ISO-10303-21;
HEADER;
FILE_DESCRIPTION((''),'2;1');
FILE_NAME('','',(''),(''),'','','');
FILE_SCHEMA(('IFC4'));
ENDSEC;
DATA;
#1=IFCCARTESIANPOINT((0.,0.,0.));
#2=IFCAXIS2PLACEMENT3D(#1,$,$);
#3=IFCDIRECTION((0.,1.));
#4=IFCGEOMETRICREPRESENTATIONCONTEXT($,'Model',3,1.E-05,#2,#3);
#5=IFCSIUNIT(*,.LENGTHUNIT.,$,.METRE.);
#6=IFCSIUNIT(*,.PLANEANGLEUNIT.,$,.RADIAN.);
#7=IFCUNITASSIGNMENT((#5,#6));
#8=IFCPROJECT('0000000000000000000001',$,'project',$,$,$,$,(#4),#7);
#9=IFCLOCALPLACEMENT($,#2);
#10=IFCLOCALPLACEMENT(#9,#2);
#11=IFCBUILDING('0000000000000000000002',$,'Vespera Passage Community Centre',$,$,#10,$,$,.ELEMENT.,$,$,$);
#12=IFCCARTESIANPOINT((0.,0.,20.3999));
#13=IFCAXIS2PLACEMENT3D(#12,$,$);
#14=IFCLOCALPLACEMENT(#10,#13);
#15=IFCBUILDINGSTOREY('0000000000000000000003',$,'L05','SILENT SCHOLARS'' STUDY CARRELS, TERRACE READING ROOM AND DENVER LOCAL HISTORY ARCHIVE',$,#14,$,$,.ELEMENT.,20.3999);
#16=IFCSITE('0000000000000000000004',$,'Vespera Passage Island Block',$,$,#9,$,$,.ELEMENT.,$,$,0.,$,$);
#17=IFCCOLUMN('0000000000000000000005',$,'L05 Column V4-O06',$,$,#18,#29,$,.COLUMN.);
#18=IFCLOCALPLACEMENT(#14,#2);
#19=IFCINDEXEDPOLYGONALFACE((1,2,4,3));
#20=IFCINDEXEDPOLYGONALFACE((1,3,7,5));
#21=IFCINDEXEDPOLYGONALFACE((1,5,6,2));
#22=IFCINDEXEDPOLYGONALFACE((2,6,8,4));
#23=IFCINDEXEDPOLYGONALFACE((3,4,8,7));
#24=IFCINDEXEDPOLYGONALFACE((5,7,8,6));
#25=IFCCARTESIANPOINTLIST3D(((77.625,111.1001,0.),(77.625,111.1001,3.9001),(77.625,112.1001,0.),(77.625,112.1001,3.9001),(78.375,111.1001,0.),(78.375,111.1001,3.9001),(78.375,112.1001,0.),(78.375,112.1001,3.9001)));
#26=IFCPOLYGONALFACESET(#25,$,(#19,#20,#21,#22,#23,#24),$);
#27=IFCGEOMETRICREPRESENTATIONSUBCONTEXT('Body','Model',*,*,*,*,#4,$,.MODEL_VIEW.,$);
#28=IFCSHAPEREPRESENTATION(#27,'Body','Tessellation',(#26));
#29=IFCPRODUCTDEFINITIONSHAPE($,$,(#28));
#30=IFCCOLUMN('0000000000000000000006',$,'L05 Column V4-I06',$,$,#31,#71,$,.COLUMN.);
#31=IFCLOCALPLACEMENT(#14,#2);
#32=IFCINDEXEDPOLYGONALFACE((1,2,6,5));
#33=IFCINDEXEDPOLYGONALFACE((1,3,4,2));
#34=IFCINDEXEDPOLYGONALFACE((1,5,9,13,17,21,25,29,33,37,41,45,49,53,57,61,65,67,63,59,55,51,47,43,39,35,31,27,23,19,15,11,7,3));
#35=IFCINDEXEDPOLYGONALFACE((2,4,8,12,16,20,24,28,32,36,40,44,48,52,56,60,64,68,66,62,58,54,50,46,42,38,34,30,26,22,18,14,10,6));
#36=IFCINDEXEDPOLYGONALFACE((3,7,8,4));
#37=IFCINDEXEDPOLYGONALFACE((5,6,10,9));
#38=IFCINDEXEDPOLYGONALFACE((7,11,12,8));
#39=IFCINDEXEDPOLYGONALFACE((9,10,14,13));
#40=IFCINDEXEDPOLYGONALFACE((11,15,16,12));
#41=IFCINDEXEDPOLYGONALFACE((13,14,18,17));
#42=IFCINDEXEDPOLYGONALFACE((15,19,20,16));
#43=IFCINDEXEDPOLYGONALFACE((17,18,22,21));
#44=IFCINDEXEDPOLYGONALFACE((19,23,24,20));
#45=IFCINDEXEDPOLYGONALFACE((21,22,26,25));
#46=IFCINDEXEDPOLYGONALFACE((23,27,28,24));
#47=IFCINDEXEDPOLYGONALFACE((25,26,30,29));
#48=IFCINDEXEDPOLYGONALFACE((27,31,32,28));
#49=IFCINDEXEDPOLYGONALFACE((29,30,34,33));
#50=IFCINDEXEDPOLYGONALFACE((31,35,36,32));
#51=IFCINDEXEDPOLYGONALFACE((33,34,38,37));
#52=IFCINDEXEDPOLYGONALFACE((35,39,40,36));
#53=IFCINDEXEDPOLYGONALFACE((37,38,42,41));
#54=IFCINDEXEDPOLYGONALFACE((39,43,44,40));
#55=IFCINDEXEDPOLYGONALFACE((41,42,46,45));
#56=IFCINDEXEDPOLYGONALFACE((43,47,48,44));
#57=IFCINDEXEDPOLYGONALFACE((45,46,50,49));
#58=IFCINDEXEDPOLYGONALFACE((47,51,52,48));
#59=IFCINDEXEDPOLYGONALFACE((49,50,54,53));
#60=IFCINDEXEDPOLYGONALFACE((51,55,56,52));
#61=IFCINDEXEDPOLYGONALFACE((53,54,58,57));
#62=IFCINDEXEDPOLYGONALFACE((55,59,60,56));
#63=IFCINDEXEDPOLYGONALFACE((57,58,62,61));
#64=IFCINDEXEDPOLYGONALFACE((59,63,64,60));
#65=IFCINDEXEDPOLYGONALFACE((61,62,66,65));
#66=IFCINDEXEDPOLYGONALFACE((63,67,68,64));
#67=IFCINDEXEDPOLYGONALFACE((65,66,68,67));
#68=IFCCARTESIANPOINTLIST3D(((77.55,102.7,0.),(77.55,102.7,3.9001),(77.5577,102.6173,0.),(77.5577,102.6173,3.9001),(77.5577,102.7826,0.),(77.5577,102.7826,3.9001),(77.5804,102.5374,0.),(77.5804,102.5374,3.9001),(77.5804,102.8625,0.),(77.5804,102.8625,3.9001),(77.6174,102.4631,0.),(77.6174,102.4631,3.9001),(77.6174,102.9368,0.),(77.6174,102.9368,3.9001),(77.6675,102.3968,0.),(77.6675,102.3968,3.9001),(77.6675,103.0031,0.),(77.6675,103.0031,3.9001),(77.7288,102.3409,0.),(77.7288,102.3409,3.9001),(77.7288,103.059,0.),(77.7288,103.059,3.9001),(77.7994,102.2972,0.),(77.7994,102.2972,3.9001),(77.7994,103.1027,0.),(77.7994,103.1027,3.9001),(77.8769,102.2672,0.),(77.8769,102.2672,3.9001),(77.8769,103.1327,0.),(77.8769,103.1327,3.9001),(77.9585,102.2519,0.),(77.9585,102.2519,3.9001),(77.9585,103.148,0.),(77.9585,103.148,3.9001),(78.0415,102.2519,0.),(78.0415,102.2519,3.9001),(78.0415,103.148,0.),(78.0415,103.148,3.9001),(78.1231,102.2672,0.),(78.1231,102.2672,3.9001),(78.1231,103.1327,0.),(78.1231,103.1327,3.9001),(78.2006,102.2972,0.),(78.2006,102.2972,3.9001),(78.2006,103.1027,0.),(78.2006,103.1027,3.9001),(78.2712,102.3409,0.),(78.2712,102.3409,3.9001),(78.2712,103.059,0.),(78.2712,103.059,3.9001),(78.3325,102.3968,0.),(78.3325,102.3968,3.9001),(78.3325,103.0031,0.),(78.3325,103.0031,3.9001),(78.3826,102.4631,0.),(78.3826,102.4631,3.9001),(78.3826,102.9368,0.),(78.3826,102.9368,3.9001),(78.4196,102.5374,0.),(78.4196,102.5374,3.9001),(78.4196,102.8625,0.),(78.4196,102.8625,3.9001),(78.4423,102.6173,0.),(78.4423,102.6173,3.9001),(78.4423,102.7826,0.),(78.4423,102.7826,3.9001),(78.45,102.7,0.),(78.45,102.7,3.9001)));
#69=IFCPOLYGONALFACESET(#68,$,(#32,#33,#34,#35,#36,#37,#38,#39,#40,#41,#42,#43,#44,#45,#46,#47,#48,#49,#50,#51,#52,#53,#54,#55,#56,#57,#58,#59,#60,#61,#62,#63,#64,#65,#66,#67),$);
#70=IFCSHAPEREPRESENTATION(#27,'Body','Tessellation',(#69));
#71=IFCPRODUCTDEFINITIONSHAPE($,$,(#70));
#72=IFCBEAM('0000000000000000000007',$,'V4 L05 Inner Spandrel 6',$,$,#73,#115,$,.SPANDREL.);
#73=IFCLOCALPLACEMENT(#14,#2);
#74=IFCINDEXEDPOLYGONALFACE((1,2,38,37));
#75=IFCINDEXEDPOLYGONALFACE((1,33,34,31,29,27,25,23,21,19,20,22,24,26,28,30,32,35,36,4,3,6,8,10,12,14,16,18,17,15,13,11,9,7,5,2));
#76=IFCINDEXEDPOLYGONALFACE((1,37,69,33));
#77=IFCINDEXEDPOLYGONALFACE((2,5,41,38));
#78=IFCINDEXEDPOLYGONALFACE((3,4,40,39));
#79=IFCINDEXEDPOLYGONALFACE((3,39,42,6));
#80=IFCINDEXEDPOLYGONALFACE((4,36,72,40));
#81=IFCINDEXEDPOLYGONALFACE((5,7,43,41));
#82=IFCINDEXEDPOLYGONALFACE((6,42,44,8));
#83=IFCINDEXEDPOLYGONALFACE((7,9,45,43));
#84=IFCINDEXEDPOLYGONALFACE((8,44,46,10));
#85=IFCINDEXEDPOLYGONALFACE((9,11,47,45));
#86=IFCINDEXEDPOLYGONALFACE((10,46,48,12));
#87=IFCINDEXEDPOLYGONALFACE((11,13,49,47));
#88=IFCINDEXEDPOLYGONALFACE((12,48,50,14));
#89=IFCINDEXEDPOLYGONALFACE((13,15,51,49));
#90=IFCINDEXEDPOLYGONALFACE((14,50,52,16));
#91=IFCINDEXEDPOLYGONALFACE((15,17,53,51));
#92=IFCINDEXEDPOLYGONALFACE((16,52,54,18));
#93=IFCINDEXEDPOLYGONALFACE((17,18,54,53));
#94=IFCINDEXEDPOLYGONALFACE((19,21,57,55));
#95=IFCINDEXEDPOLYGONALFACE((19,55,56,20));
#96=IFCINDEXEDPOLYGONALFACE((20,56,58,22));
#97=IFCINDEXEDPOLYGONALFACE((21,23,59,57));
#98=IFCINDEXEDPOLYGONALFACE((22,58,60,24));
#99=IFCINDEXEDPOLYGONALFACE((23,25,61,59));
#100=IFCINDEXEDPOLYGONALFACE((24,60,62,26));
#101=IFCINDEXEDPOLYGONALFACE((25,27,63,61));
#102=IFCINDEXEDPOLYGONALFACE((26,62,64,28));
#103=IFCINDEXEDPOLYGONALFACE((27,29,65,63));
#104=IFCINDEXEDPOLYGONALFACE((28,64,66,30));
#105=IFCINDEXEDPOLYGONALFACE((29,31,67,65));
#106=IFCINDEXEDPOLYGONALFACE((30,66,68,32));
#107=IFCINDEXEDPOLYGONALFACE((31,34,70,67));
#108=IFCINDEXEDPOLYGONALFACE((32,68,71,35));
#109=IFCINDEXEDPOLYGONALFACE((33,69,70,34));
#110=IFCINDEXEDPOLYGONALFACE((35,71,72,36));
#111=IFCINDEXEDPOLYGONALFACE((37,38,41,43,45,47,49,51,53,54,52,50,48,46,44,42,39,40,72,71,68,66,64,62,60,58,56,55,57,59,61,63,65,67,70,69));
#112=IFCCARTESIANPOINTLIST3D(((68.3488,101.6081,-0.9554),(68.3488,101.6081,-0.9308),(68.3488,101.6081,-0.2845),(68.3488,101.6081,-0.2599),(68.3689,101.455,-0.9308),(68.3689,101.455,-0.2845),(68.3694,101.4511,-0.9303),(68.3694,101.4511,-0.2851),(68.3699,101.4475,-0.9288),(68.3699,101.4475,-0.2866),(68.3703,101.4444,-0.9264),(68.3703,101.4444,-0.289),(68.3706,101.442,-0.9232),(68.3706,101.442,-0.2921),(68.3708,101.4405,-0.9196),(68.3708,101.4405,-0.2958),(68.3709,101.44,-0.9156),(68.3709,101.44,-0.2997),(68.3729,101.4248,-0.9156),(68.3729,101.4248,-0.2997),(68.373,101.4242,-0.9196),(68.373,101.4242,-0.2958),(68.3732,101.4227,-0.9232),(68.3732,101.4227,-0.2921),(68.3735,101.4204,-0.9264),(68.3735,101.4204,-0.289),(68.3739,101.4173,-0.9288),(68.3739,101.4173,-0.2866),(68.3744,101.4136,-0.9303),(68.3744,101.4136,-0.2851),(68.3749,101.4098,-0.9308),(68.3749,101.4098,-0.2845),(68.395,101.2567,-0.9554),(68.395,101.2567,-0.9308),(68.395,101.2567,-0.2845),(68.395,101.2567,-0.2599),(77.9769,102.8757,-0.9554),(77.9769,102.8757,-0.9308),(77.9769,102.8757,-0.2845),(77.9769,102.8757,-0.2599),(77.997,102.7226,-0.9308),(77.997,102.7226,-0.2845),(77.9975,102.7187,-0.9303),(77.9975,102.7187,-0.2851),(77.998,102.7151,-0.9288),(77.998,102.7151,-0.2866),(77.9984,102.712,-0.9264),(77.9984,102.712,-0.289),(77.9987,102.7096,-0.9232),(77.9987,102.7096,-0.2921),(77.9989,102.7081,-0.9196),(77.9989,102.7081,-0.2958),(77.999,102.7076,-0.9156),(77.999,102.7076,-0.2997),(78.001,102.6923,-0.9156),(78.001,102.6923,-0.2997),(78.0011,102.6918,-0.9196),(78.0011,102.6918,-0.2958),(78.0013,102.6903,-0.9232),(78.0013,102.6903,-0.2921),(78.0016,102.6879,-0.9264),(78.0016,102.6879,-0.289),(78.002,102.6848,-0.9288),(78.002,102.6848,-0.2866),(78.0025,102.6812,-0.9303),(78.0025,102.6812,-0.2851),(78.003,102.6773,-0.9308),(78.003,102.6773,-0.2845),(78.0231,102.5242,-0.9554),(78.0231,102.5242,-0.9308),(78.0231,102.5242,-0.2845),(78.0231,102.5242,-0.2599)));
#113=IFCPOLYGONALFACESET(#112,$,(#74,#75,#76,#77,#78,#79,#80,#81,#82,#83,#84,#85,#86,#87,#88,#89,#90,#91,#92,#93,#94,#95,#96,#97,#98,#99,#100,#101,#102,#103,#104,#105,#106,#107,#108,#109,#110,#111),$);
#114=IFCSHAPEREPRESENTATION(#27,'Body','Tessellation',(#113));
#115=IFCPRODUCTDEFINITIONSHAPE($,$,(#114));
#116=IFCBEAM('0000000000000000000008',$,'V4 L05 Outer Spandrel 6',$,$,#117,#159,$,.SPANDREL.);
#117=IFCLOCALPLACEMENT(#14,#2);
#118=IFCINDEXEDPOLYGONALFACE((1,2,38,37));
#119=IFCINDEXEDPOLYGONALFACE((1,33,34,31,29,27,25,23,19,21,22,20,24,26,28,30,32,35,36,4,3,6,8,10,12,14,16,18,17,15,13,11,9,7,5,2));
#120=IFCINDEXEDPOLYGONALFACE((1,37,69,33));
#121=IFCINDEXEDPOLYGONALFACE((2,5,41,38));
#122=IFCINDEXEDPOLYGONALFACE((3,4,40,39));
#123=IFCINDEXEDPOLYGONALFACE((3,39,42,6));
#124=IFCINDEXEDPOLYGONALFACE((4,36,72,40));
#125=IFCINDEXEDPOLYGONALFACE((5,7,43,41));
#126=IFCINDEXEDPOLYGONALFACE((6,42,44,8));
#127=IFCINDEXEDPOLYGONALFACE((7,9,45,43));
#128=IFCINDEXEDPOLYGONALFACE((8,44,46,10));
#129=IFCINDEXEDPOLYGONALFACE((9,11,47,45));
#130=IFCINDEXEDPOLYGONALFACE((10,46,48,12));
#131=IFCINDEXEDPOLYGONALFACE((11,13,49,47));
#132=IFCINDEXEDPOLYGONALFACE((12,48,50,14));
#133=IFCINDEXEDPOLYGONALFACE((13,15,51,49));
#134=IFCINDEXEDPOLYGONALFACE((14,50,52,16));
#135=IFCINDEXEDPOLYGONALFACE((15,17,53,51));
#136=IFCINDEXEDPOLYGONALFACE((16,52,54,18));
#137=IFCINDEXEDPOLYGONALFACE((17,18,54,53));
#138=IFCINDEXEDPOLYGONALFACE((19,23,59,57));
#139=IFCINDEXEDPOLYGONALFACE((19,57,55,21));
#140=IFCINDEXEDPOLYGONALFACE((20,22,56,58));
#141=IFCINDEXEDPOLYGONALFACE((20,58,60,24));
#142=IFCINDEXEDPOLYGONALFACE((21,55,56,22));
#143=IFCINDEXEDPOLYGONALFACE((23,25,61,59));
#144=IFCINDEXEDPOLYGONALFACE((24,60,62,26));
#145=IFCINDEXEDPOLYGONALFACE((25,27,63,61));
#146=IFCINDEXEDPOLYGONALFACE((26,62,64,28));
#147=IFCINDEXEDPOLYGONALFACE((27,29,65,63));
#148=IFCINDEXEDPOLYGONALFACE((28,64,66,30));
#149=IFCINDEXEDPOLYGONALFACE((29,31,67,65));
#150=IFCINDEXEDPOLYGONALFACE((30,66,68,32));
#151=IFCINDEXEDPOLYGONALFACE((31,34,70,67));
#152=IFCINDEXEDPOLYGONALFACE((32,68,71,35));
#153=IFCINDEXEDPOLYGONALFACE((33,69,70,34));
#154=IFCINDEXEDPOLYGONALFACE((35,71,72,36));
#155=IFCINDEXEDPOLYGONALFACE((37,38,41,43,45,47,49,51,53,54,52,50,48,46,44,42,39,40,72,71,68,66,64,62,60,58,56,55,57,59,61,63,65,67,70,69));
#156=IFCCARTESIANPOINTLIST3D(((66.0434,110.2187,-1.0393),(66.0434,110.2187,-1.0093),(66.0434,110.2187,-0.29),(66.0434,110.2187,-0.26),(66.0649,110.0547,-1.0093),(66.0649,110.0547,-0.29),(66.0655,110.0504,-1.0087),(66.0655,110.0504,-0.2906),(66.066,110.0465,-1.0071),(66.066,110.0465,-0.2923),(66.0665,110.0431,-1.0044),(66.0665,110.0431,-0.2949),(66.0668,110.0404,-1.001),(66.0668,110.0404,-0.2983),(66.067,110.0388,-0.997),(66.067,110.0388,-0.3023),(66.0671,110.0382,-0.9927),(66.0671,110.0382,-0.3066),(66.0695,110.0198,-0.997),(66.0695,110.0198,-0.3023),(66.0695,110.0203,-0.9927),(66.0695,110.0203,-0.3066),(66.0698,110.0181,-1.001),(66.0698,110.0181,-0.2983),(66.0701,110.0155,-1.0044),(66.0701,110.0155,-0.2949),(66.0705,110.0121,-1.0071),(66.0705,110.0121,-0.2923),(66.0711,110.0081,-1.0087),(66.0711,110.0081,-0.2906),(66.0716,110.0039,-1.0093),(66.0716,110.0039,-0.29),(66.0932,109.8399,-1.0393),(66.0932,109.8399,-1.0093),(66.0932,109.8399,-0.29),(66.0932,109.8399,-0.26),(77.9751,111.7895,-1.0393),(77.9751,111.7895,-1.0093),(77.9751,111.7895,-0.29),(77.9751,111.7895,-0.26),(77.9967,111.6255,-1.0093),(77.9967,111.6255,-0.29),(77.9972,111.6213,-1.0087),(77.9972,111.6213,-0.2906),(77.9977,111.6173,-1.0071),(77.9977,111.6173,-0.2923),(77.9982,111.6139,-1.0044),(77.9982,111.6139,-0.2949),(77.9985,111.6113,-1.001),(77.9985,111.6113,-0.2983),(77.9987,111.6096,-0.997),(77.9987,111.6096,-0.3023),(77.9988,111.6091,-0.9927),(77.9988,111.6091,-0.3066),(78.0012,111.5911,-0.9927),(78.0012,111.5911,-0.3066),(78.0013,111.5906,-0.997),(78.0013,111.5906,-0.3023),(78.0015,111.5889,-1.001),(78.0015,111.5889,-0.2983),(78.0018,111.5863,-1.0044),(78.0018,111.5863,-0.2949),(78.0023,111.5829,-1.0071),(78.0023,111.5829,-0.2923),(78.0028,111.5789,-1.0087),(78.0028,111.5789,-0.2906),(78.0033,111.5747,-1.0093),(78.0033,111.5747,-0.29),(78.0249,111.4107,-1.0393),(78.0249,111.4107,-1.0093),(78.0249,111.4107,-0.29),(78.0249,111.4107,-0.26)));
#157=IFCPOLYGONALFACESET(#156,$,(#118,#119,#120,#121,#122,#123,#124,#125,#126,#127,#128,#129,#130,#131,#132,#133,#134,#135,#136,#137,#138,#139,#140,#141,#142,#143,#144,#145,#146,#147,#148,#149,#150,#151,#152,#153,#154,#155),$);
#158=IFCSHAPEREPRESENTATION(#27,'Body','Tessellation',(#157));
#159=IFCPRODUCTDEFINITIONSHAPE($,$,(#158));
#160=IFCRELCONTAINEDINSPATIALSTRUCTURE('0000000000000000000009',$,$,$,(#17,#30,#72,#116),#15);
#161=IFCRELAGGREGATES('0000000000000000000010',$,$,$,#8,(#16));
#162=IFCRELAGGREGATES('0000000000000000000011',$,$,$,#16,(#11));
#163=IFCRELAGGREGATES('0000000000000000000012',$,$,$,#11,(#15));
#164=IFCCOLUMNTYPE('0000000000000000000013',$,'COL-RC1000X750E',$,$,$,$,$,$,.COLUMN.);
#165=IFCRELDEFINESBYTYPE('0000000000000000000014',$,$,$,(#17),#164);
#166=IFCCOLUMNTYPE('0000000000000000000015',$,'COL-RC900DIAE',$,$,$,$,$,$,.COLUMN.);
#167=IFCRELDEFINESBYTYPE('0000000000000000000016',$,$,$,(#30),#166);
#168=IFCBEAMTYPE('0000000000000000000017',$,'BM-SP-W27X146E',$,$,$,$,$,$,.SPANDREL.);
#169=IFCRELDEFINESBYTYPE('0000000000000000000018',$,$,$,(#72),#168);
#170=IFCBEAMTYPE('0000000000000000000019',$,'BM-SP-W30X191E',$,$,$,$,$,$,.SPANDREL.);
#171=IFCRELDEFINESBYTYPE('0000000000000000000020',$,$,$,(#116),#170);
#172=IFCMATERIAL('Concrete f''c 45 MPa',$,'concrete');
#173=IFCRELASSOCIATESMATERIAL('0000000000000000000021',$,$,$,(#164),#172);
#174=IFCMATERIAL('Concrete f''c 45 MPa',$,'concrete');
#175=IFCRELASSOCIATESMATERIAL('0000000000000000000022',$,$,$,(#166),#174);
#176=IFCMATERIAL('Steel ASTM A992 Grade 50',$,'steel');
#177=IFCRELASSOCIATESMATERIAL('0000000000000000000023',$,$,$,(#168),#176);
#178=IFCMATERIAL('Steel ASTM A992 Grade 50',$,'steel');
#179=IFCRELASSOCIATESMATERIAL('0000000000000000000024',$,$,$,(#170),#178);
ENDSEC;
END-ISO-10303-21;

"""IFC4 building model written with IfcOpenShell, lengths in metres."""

from ifc_helpers import new_model, si_unit, direction, frame, origin, origin_2d, place, context, subcontext, project, spatial, rectangle, circle, i_section, extrude, material, material_profile, profile_set, type_object, element, save


model = new_model("IFC4")

# Units and contexts
model_context = context("Model", 3, precision=1e-05, world=origin(), true_north=direction((0.0, 1.0)))
body_context = subcontext(model_context, "Body", "Model", "MODEL_VIEW")
ifc_project = project(units=[si_unit("LENGTHUNIT", "METRE"), si_unit("PLANEANGLEUNIT", "RADIAN")], contexts=[model_context])

# Site, building, storey
site_placement = place(None, origin())
site = spatial("IfcSite", under=ifc_project, at=site_placement, Name="Vespera Passage Island Block", CompositionType="ELEMENT", RefElevation=0.0)
building_placement = place(site_placement, origin())
building = spatial("IfcBuilding", under=site, at=building_placement, Name="Vespera Passage Community Centre", CompositionType="ELEMENT")
storey_placement = place(building_placement, frame((0.0, 0.0, 20.3999)))
storey = spatial("IfcBuildingStorey", under=building, at=storey_placement, Name="L05", Description="SILENT SCHOLARS' STUDY CARRELS, TERRACE READING ROOM AND DENVER LOCAL HISTORY ARCHIVE", CompositionType="ELEMENT", Elevation=20.3999)

# Columns
ifc_material_1 = material(Name="Concrete f'c 45 MPa", Category="concrete")
ifc_material_profile_1 = material_profile(ifc_material_1, rectangle(XDim=0.75, YDim=1.0, at=origin_2d()), Name="RC1000X750")
ifc_profile_set_1 = profile_set([ifc_material_profile_1], Name="Concrete f'c 45 MPa")
column_type_1 = type_object("IfcColumnType", Name="COL-RC1000X750E", PredefinedType="COLUMN", material=ifc_profile_set_1)
column_1_placement = place(storey_placement, frame((78.0, 111.6001, 0.0), z_axis=(0.0, 0.0, 1.0), x_axis=(1.0, 0.0, 0.0)))
element("IfcColumn", 1, at=column_1_placement, inside=storey, type_object=column_type_1, Name="L05 Column V4-O06", PredefinedType="COLUMN", context=body_context, shape_type="SweptSolid", body=[
    extrude(rectangle(XDim=0.75, YDim=1.0, at=origin_2d()), origin(), (0.0, 0.0, 1.0), 3.9001),
])
ifc_material_2 = material(Name="Concrete f'c 45 MPa", Category="concrete")
ifc_material_profile_2 = material_profile(ifc_material_2, circle(Radius=0.45, at=origin_2d()), Name="RC900DIA")
ifc_profile_set_2 = profile_set([ifc_material_profile_2], Name="Concrete f'c 45 MPa")
column_type_2 = type_object("IfcColumnType", Name="COL-RC900DIAE", PredefinedType="COLUMN", material=ifc_profile_set_2)
column_2_placement = place(storey_placement, frame((78.0, 102.7, 0.0), z_axis=(0.0, 0.0, 1.0), x_axis=(1.0, 0.0, 0.0)))
element("IfcColumn", 2, at=column_2_placement, inside=storey, type_object=column_type_2, Name="L05 Column V4-I06", PredefinedType="COLUMN", context=body_context, shape_type="SweptSolid", body=[
    extrude(circle(Radius=0.45, at=origin_2d()), origin(), (0.0, 0.0, 1.0), 3.9001),
])

# Beams
ifc_material_3 = material(Name="Steel ASTM A992 Grade 50", Category="steel")
ifc_material_profile_3 = material_profile(ifc_material_3, i_section(OverallWidth=0.3545, OverallDepth=0.6956, WebThickness=0.0154, FlangeThickness=0.0247, FilletRadius=0.0151, at=origin_2d()), Name="W27X146")
ifc_profile_set_3 = profile_set([ifc_material_profile_3], Name="Steel ASTM A992 Grade 50")
beam_type_1 = type_object("IfcBeamType", Name="BM-SP-W27X146E", PredefinedType="SPANDREL", material=ifc_profile_set_3)
beam_1_placement = place(storey_placement, frame((78.0, 102.7, -0.6077), z_axis=(-0.991445, -0.130527, 0.0), x_axis=(0.130527, -0.991445, 0.0)))
element("IfcBeam", 3, at=beam_1_placement, inside=storey, type_object=beam_type_1, Name="V4 L05 Inner Spandrel 6", PredefinedType="SPANDREL", context=body_context, shape_type="SweptSolid", body=[
    extrude(i_section(OverallWidth=0.3545, OverallDepth=0.6956, WebThickness=0.0154, FlangeThickness=0.0247, FilletRadius=0.0151, at=origin_2d()), origin(), (0.0, 0.0, 1.0), 9.7112),
])
ifc_material_4 = material(Name="Steel ASTM A992 Grade 50", Category="steel")
ifc_material_profile_4 = material_profile(ifc_material_4, i_section(OverallWidth=0.3821, OverallDepth=0.7793, WebThickness=0.0181, FlangeThickness=0.03, FilletRadius=0.0166, at=origin_2d()), Name="W30X191")
ifc_profile_set_4 = profile_set([ifc_material_profile_4], Name="Steel ASTM A992 Grade 50")
beam_type_2 = type_object("IfcBeamType", Name="BM-SP-W30X191E", PredefinedType="SPANDREL", material=ifc_profile_set_4)
beam_2_placement = place(storey_placement, frame((78.0, 111.6001, -0.6497), z_axis=(-0.991445, -0.130524, 0.0), x_axis=(0.130524, -0.991445, 0.0)))
element("IfcBeam", 4, at=beam_2_placement, inside=storey, type_object=beam_type_2, Name="V4 L05 Outer Spandrel 6", PredefinedType="SPANDREL", context=body_context, shape_type="SweptSolid", body=[
    extrude(i_section(OverallWidth=0.3821, OverallDepth=0.7793, WebThickness=0.0181, FlangeThickness=0.03, FilletRadius=0.0166, at=origin_2d()), origin(), (0.0, 0.0, 1.0), 12.0347),
])

save(model, "model.ifc")
